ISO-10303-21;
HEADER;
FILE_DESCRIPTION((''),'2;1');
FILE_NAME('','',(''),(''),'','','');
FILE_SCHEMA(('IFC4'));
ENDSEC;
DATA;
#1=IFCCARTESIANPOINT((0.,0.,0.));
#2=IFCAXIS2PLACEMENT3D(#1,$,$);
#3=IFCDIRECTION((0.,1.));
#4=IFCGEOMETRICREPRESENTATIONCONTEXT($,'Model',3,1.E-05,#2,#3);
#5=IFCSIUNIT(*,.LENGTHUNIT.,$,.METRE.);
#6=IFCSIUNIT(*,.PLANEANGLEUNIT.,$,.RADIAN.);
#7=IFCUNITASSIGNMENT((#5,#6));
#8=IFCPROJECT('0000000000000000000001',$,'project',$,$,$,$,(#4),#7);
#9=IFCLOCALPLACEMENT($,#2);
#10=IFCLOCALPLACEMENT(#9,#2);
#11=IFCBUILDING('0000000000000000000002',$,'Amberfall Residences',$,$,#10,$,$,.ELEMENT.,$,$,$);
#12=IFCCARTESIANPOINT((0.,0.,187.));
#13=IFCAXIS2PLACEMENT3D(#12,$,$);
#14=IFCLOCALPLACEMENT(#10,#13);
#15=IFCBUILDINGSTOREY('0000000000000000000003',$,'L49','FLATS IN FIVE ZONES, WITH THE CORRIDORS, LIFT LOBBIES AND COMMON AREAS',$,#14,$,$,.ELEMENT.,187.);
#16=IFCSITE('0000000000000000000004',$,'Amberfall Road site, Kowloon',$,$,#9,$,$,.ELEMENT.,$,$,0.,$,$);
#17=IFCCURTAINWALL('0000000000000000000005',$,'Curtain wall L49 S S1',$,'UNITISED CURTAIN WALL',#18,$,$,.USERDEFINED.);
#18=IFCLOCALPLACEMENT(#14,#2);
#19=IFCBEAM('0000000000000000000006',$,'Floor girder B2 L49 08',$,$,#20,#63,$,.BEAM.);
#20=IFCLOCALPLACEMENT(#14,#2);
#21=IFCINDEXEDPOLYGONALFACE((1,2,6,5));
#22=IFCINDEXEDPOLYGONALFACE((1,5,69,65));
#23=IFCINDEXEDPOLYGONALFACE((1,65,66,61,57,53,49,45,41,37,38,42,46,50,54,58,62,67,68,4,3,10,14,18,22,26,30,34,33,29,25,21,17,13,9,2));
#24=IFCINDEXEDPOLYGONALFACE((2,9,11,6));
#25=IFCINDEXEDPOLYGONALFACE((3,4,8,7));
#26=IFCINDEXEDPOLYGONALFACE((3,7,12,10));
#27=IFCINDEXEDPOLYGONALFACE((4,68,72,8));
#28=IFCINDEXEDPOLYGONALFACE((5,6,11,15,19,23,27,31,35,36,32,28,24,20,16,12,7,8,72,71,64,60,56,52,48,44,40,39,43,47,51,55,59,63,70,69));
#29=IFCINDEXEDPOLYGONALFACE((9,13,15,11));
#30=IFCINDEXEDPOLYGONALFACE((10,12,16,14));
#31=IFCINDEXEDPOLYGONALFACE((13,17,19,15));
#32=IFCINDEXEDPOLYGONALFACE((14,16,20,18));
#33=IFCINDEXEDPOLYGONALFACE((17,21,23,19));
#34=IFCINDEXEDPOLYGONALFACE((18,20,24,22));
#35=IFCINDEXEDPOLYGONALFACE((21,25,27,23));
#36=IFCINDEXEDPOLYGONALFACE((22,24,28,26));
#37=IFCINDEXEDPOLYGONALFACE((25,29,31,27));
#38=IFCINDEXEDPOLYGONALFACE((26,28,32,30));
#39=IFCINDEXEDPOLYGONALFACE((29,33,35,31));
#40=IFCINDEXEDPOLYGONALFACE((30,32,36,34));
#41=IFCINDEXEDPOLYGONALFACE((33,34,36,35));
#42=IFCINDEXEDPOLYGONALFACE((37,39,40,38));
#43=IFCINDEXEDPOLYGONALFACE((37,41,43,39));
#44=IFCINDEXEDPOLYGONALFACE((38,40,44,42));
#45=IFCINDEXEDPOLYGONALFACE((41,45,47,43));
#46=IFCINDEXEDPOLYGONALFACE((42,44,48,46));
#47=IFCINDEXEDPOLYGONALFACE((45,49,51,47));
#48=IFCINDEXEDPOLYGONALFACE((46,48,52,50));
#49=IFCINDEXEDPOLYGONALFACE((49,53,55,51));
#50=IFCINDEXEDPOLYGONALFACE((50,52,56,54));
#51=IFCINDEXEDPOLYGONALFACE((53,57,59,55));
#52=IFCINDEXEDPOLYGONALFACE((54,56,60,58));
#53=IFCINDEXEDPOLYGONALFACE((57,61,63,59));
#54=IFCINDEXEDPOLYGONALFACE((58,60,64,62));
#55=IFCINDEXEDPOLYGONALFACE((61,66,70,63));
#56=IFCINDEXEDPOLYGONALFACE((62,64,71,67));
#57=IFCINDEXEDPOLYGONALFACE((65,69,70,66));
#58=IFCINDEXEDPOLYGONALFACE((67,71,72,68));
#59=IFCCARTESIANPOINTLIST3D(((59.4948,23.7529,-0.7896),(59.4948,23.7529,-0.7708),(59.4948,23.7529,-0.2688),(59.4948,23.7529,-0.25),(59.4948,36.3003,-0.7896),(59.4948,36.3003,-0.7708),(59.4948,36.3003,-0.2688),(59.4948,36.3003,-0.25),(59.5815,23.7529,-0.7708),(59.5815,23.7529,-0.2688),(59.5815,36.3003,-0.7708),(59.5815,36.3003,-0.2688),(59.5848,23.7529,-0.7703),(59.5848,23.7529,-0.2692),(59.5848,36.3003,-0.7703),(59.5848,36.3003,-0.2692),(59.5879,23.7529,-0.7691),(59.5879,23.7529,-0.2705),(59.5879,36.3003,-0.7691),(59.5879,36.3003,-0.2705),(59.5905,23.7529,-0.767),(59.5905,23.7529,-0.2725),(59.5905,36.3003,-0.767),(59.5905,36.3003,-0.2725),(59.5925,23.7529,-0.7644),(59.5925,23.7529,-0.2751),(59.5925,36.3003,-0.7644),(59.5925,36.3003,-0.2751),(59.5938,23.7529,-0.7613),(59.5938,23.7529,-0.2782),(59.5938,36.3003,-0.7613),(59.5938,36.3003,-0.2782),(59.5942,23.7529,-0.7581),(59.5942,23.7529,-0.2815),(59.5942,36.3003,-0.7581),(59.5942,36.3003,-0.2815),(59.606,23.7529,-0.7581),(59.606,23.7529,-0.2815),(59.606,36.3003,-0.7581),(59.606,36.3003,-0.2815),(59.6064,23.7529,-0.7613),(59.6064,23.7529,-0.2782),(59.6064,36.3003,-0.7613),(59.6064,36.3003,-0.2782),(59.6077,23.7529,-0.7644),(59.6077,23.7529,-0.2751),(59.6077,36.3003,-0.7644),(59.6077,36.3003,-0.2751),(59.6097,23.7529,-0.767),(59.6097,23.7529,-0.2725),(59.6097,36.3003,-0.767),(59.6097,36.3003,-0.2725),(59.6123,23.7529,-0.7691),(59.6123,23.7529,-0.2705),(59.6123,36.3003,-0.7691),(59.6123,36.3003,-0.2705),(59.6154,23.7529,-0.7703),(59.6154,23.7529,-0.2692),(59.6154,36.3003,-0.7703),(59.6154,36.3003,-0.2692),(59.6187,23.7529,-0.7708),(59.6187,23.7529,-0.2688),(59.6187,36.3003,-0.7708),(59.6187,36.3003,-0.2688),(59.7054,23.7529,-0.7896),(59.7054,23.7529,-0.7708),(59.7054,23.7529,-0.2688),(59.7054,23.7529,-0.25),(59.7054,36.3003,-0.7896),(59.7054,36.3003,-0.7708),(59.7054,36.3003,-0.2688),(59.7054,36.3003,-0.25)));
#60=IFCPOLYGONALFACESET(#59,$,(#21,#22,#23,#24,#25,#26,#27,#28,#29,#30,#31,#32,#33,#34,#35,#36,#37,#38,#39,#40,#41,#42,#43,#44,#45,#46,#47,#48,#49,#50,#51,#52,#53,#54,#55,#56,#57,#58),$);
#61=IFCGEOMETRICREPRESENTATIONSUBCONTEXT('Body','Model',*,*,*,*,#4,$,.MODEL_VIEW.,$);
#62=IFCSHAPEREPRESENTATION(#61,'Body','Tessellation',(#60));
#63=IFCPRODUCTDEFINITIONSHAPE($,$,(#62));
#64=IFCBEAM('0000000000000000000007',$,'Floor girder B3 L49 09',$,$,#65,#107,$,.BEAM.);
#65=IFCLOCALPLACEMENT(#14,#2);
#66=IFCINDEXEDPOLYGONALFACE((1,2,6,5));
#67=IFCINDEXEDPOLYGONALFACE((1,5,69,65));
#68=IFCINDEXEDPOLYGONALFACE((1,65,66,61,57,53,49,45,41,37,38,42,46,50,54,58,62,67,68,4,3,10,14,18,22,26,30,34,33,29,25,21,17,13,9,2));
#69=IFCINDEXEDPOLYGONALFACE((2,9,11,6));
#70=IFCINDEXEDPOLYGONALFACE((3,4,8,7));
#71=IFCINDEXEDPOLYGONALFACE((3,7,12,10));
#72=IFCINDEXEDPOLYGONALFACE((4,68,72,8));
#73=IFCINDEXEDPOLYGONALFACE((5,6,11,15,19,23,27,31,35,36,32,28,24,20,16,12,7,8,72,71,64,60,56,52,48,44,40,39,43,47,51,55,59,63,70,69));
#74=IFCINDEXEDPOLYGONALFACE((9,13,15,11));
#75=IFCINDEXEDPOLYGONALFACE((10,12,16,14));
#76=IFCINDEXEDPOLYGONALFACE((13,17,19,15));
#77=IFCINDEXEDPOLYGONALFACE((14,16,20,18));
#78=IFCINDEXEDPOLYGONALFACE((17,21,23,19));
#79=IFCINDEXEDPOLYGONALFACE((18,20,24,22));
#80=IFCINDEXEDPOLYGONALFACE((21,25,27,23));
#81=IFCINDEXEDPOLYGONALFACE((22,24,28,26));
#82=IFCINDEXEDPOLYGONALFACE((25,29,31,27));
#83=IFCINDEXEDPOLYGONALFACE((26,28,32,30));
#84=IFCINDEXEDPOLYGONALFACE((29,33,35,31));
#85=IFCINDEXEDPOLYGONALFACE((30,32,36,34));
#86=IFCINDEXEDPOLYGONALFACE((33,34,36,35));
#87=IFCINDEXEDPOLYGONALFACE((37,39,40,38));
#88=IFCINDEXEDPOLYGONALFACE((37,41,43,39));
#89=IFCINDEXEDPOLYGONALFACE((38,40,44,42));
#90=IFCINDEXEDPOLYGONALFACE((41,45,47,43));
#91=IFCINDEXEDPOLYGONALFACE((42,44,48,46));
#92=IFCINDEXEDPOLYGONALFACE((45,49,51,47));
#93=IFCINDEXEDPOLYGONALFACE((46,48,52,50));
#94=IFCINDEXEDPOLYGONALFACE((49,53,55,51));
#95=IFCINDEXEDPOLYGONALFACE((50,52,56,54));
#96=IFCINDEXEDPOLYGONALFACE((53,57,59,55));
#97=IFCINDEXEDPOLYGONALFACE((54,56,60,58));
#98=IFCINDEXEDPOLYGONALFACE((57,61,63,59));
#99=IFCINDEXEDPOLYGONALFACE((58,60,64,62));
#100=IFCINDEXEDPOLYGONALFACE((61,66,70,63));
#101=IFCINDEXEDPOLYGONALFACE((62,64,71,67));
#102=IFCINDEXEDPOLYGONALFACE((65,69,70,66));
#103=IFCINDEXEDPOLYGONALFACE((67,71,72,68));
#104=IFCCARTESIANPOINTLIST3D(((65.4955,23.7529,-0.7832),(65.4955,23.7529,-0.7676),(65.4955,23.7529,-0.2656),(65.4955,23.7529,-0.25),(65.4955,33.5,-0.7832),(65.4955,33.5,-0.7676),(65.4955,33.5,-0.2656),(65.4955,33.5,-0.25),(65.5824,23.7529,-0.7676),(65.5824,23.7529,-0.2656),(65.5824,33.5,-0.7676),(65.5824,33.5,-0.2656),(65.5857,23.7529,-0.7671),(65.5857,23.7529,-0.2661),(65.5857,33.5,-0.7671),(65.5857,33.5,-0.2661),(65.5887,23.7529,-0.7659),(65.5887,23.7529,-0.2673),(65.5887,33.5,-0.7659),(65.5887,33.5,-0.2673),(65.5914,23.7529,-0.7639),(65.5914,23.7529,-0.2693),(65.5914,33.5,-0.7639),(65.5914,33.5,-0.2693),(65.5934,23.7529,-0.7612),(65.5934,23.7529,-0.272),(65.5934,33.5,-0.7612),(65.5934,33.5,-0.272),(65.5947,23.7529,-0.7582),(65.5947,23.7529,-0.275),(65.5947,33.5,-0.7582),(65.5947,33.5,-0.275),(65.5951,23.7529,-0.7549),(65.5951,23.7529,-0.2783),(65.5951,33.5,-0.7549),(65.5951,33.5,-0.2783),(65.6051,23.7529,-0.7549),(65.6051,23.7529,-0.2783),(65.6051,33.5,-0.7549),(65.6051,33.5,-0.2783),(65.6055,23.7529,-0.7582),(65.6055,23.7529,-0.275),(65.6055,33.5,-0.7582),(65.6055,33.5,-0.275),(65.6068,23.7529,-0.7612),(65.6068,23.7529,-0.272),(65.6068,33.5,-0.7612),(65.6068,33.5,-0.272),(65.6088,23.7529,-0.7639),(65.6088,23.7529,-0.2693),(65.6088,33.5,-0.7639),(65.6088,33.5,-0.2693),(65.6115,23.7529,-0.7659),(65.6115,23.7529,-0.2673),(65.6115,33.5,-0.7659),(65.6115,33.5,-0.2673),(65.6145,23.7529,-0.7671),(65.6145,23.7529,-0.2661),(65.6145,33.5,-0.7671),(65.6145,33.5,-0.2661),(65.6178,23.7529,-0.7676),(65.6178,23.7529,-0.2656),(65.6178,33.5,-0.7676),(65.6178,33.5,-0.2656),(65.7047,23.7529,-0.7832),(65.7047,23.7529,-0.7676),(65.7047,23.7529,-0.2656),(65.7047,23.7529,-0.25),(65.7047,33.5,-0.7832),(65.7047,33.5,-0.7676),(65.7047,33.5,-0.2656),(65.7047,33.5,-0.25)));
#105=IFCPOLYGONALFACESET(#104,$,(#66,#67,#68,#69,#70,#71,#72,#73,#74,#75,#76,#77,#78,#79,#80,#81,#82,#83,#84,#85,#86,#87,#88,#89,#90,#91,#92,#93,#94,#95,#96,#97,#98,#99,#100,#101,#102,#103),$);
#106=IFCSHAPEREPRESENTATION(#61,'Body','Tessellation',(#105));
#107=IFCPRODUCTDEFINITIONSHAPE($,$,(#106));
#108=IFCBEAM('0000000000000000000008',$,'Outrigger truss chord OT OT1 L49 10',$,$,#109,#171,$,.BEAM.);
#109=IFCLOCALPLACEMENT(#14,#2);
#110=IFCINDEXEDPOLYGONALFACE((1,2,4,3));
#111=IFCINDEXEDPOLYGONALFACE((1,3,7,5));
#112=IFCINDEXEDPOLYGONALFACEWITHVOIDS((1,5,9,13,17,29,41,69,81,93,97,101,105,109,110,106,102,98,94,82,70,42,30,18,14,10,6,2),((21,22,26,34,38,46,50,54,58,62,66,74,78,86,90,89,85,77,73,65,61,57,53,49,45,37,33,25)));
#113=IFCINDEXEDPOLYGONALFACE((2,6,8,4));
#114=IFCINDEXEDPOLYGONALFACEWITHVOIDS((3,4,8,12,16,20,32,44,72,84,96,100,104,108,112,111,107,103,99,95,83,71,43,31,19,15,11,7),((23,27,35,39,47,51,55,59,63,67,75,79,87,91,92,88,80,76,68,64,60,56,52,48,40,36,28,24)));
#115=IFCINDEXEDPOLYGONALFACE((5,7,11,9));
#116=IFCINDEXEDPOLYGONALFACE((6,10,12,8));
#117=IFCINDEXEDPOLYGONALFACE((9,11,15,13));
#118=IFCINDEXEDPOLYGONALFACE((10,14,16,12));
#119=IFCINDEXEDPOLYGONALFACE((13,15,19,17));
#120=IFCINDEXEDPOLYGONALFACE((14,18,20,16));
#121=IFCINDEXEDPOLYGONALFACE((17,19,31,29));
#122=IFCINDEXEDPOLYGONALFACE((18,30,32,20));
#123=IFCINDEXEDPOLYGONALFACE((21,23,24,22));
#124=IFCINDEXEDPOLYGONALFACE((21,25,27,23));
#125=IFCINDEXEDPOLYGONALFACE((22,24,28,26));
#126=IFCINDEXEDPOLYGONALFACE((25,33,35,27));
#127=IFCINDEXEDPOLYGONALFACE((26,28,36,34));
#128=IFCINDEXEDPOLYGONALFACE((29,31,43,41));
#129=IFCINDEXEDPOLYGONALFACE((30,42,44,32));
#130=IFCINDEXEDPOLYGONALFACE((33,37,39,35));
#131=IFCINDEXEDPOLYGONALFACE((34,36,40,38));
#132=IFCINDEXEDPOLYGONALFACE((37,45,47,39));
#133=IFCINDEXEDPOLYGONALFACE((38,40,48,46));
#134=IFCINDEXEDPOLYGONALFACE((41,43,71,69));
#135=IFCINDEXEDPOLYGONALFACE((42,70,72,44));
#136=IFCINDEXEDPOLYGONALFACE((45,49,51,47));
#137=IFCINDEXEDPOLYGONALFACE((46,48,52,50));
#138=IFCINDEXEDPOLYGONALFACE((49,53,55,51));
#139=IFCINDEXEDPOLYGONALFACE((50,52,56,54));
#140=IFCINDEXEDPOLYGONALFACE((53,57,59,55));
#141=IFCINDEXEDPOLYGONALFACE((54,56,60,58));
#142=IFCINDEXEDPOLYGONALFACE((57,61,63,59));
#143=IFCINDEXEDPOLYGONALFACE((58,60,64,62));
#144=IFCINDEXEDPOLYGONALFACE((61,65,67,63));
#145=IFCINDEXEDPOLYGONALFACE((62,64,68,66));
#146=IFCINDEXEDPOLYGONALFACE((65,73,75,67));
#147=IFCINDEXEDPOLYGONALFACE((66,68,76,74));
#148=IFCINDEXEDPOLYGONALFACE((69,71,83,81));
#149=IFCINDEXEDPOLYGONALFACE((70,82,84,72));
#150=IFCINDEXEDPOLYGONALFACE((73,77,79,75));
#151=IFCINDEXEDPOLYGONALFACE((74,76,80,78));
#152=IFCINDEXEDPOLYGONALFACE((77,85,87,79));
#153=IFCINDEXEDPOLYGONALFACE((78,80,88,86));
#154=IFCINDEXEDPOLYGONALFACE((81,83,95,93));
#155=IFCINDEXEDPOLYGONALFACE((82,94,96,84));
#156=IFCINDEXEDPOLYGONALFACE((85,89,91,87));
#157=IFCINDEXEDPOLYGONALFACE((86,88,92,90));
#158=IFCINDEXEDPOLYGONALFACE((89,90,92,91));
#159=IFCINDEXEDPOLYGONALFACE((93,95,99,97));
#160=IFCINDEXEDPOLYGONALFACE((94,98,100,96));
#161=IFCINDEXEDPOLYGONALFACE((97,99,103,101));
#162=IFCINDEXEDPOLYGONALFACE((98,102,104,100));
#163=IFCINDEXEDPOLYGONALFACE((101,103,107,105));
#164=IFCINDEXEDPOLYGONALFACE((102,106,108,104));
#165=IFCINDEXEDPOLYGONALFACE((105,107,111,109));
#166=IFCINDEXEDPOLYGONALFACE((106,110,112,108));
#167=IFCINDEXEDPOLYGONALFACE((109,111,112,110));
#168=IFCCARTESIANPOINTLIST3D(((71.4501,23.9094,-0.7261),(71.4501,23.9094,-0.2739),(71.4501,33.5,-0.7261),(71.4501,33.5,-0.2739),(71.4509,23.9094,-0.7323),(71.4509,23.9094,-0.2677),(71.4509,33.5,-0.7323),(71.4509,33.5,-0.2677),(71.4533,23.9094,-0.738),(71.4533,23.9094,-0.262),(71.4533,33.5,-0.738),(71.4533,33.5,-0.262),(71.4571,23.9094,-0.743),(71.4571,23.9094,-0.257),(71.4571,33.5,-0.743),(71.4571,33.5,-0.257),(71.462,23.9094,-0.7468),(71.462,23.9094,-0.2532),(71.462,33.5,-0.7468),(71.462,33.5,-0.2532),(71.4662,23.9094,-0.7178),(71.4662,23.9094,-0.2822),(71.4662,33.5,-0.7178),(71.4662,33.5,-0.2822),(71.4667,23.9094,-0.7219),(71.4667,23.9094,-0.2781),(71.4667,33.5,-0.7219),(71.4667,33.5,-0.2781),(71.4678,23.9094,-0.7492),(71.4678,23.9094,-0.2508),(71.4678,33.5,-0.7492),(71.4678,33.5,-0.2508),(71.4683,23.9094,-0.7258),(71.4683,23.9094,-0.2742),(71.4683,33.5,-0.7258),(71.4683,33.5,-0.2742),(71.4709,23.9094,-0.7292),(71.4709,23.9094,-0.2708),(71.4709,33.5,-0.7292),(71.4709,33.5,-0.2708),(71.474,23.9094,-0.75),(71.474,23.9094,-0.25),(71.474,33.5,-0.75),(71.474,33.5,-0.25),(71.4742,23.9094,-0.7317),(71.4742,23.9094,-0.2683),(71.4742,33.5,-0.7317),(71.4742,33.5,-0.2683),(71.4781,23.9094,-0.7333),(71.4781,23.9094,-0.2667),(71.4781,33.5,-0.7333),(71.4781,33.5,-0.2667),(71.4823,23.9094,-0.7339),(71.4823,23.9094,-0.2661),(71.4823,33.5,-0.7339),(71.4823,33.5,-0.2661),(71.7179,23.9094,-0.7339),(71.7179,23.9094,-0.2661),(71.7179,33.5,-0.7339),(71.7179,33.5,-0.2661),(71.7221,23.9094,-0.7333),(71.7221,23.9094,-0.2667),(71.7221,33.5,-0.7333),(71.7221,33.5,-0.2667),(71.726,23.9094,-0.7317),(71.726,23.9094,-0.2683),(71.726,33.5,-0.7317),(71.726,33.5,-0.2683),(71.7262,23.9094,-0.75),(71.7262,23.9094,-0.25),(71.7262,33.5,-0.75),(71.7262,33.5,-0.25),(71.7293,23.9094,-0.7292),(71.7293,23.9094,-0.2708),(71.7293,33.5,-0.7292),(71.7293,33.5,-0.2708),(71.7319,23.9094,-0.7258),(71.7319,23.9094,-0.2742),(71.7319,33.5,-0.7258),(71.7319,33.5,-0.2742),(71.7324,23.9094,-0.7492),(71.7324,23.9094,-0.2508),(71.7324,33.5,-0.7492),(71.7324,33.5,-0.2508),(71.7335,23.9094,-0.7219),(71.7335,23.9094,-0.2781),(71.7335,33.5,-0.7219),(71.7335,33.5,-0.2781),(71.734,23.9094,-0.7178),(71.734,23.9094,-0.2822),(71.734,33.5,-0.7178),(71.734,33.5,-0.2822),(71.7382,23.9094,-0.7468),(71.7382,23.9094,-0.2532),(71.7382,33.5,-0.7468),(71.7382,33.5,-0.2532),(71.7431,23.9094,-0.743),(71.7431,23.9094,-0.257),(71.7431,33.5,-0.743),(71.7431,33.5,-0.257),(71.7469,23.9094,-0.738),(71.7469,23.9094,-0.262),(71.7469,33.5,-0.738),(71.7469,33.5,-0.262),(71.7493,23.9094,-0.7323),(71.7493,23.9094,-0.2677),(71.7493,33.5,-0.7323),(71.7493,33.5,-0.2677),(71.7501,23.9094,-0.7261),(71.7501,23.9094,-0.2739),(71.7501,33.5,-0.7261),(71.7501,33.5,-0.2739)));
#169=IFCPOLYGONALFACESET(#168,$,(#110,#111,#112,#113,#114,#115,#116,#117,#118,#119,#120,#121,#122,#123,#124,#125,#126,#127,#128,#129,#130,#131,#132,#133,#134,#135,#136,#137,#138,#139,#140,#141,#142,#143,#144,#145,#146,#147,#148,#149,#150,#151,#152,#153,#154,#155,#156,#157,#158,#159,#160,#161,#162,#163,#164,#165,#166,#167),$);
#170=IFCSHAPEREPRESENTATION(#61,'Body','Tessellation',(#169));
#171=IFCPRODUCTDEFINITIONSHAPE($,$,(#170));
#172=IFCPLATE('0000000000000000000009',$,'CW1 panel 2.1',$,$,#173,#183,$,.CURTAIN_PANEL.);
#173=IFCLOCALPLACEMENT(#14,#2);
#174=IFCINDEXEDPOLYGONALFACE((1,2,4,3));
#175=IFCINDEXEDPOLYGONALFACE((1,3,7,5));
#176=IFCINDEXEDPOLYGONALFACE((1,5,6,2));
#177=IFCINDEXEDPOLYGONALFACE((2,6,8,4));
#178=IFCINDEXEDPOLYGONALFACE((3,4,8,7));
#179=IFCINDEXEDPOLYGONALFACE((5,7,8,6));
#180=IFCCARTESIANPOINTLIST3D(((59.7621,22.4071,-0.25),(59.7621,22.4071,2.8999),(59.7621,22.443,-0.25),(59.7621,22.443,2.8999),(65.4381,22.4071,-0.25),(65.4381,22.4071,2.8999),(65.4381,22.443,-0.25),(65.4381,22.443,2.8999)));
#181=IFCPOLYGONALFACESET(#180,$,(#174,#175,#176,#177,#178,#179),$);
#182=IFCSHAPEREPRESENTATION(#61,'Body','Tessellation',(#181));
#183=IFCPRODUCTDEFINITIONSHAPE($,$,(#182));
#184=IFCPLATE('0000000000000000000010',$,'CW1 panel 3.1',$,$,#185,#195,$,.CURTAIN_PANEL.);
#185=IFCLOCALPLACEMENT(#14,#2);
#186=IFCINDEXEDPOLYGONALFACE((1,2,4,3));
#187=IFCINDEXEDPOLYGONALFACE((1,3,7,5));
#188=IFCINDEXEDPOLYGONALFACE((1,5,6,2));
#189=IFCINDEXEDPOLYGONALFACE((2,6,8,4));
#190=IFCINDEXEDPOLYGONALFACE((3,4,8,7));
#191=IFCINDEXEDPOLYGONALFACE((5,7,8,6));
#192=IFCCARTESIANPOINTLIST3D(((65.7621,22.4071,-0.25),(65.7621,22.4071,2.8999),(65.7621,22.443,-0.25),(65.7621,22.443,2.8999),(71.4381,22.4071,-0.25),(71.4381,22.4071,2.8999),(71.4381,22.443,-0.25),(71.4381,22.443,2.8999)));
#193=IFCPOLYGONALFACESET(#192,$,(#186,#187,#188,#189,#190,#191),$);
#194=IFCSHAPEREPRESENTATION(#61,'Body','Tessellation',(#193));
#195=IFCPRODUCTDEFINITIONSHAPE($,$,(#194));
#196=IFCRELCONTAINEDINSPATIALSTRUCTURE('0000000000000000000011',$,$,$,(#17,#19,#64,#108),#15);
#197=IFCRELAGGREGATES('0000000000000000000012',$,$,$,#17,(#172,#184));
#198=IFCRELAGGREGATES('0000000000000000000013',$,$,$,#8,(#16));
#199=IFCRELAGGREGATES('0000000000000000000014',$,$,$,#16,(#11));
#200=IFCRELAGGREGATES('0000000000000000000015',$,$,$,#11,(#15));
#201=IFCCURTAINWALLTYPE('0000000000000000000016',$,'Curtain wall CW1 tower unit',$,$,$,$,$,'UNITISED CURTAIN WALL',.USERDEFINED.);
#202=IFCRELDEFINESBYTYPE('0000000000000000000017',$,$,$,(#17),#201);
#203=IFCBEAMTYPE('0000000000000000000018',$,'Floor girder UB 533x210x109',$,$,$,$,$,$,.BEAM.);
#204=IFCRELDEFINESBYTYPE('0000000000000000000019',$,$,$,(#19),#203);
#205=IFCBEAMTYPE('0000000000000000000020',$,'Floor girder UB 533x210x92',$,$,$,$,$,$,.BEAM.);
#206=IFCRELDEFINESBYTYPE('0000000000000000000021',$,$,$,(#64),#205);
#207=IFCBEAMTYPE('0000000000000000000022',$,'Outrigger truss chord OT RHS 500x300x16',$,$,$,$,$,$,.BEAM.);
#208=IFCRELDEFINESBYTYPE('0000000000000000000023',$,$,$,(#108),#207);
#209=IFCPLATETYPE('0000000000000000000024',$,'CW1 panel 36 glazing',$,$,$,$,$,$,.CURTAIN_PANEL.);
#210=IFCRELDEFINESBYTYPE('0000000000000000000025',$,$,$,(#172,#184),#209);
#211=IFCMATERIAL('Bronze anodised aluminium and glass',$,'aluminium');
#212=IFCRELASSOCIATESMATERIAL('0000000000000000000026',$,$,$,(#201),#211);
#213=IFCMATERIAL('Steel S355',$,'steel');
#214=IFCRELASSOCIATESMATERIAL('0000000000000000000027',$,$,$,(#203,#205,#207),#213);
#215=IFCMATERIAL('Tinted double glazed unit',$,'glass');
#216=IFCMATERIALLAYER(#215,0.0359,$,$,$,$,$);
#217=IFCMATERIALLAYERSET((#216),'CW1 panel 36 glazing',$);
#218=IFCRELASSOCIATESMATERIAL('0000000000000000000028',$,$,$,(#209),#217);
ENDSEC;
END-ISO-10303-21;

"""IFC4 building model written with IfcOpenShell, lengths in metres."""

from ifc_helpers import new_model, si_unit, direction, frame, origin, origin_2d, place, context, subcontext, project, spatial, rectangle, hollow_rectangle, i_section, extrude, material, layer, layer_set, material_profile, profile_set, type_object, element, aggregate, save


model = new_model("IFC4")

# Units and contexts
model_context = context("Model", 3, precision=1e-05, world=origin(), true_north=direction((0.0, 1.0)))
body_context = subcontext(model_context, "Body", "Model", "MODEL_VIEW")
ifc_project = project(units=[si_unit("LENGTHUNIT", "METRE"), si_unit("PLANEANGLEUNIT", "RADIAN")], contexts=[model_context])

# Site, building, storey
site_placement = place(None, origin())
site = spatial("IfcSite", under=ifc_project, at=site_placement, Name="Amberfall Road site, Kowloon", CompositionType="ELEMENT", RefElevation=0.0)
building_placement = place(site_placement, origin())
building = spatial("IfcBuilding", under=site, at=building_placement, Name="Amberfall Residences", CompositionType="ELEMENT")
storey_placement = place(building_placement, frame((0.0, 0.0, 187.0)))
storey = spatial("IfcBuildingStorey", under=building, at=storey_placement, Name="L49", Description="FLATS IN FIVE ZONES, WITH THE CORRIDORS, LIFT LOBBIES AND COMMON AREAS", CompositionType="ELEMENT", Elevation=187.0)

# Shared definitions
ifc_material_1 = material(Name="Steel S355", Category="steel")

# Curtain wall
ifc_material_2 = material(Name="Bronze anodised aluminium and glass", Category="aluminium")
curtain_wall_type = type_object("IfcCurtainWallType", Name="Curtain wall CW1 tower unit", ElementType="UNITISED CURTAIN WALL", PredefinedType="USERDEFINED", material=ifc_material_2)
curtain_wall_placement = place(storey_placement, origin())
curtain_wall = element("IfcCurtainWall", 1, at=curtain_wall_placement, inside=storey, type_object=curtain_wall_type, Name="Curtain wall L49 S S1", ObjectType="UNITISED CURTAIN WALL", PredefinedType="USERDEFINED")

# Beams
ifc_material_profile_1 = material_profile(ifc_material_1, i_section(OverallWidth=0.2107, OverallDepth=0.5396, WebThickness=0.0117, FlangeThickness=0.0188, FilletRadius=0.0127, at=origin_2d()), Name="UB 533x210x109")
ifc_profile_set_1 = profile_set([ifc_material_profile_1], Name="Steel S355")
beam_type_1 = type_object("IfcBeamType", Name="Floor girder UB 533x210x109", PredefinedType="BEAM", material=ifc_profile_set_1)
beam_1_placement = place(storey_placement, frame((59.6001, 23.7529, -0.5198), z_axis=(0.0, 1.0, 0.0), x_axis=(-1.0, 0.0, 0.0)))
element("IfcBeam", 2, at=beam_1_placement, inside=storey, type_object=beam_type_1, Name="Floor girder B2 L49 08", PredefinedType="BEAM", context=body_context, shape_type="SweptSolid", body=[
    extrude(i_section(OverallWidth=0.2107, OverallDepth=0.5396, WebThickness=0.0117, FlangeThickness=0.0188, FilletRadius=0.0127, at=origin_2d()), origin(), (0.0, 0.0, 1.0), 12.5474),
])
ifc_material_profile_2 = material_profile(ifc_material_1, i_section(OverallWidth=0.2092, OverallDepth=0.5332, WebThickness=0.01, FlangeThickness=0.0156, FilletRadius=0.0127, at=origin_2d()), Name="UB 533x210x92")
ifc_profile_set_2 = profile_set([ifc_material_profile_2], Name="Steel S355")
beam_type_2 = type_object("IfcBeamType", Name="Floor girder UB 533x210x92", PredefinedType="BEAM", material=ifc_profile_set_2)
beam_2_placement = place(storey_placement, frame((65.6001, 23.7529, -0.5166), z_axis=(0.0, 1.0, 0.0), x_axis=(-1.0, 0.0, 0.0)))
element("IfcBeam", 3, at=beam_2_placement, inside=storey, type_object=beam_type_2, Name="Floor girder B3 L49 09", PredefinedType="BEAM", context=body_context, shape_type="SweptSolid", body=[
    extrude(i_section(OverallWidth=0.2092, OverallDepth=0.5332, WebThickness=0.01, FlangeThickness=0.0156, FilletRadius=0.0127, at=origin_2d()), origin(), (0.0, 0.0, 1.0), 9.7471),
])
ifc_material_profile_3 = material_profile(ifc_material_1, hollow_rectangle(XDim=0.3, YDim=0.5, WallThickness=0.0161, InnerFilletRadius=0.0161, OuterFilletRadius=0.0239, at=origin_2d()), Name="RHS 500x300x16")
ifc_profile_set_3 = profile_set([ifc_material_profile_3], Name="Steel S355")
beam_type_3 = type_object("IfcBeamType", Name="Outrigger truss chord OT RHS 500x300x16", PredefinedType="BEAM", material=ifc_profile_set_3)
beam_3_placement = place(storey_placement, frame((71.6001, 23.9094, -0.5), z_axis=(0.0, 1.0, 0.0), x_axis=(-1.0, 0.0, 0.0)))
element("IfcBeam", 4, at=beam_3_placement, inside=storey, type_object=beam_type_3, Name="Outrigger truss chord OT OT1 L49 10", PredefinedType="BEAM", context=body_context, shape_type="SweptSolid", body=[
    extrude(hollow_rectangle(XDim=0.3, YDim=0.5, WallThickness=0.0161, InnerFilletRadius=0.0161, OuterFilletRadius=0.0239, at=origin_2d()), origin(), (0.0, 0.0, 1.0), 9.5906),
])

# Plates
ifc_material_3 = material(Name="Tinted double glazed unit", Category="glass")
ifc_layer_1 = layer(ifc_material_3, 0.0359)
ifc_layer_set_1 = layer_set([ifc_layer_1], Name="CW1 panel 36 glazing")
plate_type = type_object("IfcPlateType", Name="CW1 panel 36 glazing", PredefinedType="CURTAIN_PANEL", material=ifc_layer_set_1)
plate_1_placement = place(storey_placement, frame((62.6001, 22.425, -0.25), z_axis=(0.0, 0.0, 1.0), x_axis=(1.0, 0.0, 0.0)))
plate_1 = element("IfcPlate", 5, at=plate_1_placement, type_object=plate_type, Name="CW1 panel 2.1", PredefinedType="CURTAIN_PANEL", context=body_context, shape_type="SweptSolid", body=[
    extrude(rectangle(XDim=5.676, YDim=0.0359, at=origin_2d()), origin(), (0.0, 0.0, 1.0), 3.1499),
])
plate_2_placement = place(storey_placement, frame((68.6001, 22.425, -0.25), z_axis=(0.0, 0.0, 1.0), x_axis=(1.0, 0.0, 0.0)))
plate_2 = element("IfcPlate", 6, at=plate_2_placement, type_object=plate_type, Name="CW1 panel 3.1", PredefinedType="CURTAIN_PANEL", context=body_context, shape_type="SweptSolid", body=[
    extrude(rectangle(XDim=5.676, YDim=0.0359, at=origin_2d()), origin(), (0.0, 0.0, 1.0), 3.1499),
])
aggregate(curtain_wall, [plate_1, plate_2])

save(model, "model.ifc")
